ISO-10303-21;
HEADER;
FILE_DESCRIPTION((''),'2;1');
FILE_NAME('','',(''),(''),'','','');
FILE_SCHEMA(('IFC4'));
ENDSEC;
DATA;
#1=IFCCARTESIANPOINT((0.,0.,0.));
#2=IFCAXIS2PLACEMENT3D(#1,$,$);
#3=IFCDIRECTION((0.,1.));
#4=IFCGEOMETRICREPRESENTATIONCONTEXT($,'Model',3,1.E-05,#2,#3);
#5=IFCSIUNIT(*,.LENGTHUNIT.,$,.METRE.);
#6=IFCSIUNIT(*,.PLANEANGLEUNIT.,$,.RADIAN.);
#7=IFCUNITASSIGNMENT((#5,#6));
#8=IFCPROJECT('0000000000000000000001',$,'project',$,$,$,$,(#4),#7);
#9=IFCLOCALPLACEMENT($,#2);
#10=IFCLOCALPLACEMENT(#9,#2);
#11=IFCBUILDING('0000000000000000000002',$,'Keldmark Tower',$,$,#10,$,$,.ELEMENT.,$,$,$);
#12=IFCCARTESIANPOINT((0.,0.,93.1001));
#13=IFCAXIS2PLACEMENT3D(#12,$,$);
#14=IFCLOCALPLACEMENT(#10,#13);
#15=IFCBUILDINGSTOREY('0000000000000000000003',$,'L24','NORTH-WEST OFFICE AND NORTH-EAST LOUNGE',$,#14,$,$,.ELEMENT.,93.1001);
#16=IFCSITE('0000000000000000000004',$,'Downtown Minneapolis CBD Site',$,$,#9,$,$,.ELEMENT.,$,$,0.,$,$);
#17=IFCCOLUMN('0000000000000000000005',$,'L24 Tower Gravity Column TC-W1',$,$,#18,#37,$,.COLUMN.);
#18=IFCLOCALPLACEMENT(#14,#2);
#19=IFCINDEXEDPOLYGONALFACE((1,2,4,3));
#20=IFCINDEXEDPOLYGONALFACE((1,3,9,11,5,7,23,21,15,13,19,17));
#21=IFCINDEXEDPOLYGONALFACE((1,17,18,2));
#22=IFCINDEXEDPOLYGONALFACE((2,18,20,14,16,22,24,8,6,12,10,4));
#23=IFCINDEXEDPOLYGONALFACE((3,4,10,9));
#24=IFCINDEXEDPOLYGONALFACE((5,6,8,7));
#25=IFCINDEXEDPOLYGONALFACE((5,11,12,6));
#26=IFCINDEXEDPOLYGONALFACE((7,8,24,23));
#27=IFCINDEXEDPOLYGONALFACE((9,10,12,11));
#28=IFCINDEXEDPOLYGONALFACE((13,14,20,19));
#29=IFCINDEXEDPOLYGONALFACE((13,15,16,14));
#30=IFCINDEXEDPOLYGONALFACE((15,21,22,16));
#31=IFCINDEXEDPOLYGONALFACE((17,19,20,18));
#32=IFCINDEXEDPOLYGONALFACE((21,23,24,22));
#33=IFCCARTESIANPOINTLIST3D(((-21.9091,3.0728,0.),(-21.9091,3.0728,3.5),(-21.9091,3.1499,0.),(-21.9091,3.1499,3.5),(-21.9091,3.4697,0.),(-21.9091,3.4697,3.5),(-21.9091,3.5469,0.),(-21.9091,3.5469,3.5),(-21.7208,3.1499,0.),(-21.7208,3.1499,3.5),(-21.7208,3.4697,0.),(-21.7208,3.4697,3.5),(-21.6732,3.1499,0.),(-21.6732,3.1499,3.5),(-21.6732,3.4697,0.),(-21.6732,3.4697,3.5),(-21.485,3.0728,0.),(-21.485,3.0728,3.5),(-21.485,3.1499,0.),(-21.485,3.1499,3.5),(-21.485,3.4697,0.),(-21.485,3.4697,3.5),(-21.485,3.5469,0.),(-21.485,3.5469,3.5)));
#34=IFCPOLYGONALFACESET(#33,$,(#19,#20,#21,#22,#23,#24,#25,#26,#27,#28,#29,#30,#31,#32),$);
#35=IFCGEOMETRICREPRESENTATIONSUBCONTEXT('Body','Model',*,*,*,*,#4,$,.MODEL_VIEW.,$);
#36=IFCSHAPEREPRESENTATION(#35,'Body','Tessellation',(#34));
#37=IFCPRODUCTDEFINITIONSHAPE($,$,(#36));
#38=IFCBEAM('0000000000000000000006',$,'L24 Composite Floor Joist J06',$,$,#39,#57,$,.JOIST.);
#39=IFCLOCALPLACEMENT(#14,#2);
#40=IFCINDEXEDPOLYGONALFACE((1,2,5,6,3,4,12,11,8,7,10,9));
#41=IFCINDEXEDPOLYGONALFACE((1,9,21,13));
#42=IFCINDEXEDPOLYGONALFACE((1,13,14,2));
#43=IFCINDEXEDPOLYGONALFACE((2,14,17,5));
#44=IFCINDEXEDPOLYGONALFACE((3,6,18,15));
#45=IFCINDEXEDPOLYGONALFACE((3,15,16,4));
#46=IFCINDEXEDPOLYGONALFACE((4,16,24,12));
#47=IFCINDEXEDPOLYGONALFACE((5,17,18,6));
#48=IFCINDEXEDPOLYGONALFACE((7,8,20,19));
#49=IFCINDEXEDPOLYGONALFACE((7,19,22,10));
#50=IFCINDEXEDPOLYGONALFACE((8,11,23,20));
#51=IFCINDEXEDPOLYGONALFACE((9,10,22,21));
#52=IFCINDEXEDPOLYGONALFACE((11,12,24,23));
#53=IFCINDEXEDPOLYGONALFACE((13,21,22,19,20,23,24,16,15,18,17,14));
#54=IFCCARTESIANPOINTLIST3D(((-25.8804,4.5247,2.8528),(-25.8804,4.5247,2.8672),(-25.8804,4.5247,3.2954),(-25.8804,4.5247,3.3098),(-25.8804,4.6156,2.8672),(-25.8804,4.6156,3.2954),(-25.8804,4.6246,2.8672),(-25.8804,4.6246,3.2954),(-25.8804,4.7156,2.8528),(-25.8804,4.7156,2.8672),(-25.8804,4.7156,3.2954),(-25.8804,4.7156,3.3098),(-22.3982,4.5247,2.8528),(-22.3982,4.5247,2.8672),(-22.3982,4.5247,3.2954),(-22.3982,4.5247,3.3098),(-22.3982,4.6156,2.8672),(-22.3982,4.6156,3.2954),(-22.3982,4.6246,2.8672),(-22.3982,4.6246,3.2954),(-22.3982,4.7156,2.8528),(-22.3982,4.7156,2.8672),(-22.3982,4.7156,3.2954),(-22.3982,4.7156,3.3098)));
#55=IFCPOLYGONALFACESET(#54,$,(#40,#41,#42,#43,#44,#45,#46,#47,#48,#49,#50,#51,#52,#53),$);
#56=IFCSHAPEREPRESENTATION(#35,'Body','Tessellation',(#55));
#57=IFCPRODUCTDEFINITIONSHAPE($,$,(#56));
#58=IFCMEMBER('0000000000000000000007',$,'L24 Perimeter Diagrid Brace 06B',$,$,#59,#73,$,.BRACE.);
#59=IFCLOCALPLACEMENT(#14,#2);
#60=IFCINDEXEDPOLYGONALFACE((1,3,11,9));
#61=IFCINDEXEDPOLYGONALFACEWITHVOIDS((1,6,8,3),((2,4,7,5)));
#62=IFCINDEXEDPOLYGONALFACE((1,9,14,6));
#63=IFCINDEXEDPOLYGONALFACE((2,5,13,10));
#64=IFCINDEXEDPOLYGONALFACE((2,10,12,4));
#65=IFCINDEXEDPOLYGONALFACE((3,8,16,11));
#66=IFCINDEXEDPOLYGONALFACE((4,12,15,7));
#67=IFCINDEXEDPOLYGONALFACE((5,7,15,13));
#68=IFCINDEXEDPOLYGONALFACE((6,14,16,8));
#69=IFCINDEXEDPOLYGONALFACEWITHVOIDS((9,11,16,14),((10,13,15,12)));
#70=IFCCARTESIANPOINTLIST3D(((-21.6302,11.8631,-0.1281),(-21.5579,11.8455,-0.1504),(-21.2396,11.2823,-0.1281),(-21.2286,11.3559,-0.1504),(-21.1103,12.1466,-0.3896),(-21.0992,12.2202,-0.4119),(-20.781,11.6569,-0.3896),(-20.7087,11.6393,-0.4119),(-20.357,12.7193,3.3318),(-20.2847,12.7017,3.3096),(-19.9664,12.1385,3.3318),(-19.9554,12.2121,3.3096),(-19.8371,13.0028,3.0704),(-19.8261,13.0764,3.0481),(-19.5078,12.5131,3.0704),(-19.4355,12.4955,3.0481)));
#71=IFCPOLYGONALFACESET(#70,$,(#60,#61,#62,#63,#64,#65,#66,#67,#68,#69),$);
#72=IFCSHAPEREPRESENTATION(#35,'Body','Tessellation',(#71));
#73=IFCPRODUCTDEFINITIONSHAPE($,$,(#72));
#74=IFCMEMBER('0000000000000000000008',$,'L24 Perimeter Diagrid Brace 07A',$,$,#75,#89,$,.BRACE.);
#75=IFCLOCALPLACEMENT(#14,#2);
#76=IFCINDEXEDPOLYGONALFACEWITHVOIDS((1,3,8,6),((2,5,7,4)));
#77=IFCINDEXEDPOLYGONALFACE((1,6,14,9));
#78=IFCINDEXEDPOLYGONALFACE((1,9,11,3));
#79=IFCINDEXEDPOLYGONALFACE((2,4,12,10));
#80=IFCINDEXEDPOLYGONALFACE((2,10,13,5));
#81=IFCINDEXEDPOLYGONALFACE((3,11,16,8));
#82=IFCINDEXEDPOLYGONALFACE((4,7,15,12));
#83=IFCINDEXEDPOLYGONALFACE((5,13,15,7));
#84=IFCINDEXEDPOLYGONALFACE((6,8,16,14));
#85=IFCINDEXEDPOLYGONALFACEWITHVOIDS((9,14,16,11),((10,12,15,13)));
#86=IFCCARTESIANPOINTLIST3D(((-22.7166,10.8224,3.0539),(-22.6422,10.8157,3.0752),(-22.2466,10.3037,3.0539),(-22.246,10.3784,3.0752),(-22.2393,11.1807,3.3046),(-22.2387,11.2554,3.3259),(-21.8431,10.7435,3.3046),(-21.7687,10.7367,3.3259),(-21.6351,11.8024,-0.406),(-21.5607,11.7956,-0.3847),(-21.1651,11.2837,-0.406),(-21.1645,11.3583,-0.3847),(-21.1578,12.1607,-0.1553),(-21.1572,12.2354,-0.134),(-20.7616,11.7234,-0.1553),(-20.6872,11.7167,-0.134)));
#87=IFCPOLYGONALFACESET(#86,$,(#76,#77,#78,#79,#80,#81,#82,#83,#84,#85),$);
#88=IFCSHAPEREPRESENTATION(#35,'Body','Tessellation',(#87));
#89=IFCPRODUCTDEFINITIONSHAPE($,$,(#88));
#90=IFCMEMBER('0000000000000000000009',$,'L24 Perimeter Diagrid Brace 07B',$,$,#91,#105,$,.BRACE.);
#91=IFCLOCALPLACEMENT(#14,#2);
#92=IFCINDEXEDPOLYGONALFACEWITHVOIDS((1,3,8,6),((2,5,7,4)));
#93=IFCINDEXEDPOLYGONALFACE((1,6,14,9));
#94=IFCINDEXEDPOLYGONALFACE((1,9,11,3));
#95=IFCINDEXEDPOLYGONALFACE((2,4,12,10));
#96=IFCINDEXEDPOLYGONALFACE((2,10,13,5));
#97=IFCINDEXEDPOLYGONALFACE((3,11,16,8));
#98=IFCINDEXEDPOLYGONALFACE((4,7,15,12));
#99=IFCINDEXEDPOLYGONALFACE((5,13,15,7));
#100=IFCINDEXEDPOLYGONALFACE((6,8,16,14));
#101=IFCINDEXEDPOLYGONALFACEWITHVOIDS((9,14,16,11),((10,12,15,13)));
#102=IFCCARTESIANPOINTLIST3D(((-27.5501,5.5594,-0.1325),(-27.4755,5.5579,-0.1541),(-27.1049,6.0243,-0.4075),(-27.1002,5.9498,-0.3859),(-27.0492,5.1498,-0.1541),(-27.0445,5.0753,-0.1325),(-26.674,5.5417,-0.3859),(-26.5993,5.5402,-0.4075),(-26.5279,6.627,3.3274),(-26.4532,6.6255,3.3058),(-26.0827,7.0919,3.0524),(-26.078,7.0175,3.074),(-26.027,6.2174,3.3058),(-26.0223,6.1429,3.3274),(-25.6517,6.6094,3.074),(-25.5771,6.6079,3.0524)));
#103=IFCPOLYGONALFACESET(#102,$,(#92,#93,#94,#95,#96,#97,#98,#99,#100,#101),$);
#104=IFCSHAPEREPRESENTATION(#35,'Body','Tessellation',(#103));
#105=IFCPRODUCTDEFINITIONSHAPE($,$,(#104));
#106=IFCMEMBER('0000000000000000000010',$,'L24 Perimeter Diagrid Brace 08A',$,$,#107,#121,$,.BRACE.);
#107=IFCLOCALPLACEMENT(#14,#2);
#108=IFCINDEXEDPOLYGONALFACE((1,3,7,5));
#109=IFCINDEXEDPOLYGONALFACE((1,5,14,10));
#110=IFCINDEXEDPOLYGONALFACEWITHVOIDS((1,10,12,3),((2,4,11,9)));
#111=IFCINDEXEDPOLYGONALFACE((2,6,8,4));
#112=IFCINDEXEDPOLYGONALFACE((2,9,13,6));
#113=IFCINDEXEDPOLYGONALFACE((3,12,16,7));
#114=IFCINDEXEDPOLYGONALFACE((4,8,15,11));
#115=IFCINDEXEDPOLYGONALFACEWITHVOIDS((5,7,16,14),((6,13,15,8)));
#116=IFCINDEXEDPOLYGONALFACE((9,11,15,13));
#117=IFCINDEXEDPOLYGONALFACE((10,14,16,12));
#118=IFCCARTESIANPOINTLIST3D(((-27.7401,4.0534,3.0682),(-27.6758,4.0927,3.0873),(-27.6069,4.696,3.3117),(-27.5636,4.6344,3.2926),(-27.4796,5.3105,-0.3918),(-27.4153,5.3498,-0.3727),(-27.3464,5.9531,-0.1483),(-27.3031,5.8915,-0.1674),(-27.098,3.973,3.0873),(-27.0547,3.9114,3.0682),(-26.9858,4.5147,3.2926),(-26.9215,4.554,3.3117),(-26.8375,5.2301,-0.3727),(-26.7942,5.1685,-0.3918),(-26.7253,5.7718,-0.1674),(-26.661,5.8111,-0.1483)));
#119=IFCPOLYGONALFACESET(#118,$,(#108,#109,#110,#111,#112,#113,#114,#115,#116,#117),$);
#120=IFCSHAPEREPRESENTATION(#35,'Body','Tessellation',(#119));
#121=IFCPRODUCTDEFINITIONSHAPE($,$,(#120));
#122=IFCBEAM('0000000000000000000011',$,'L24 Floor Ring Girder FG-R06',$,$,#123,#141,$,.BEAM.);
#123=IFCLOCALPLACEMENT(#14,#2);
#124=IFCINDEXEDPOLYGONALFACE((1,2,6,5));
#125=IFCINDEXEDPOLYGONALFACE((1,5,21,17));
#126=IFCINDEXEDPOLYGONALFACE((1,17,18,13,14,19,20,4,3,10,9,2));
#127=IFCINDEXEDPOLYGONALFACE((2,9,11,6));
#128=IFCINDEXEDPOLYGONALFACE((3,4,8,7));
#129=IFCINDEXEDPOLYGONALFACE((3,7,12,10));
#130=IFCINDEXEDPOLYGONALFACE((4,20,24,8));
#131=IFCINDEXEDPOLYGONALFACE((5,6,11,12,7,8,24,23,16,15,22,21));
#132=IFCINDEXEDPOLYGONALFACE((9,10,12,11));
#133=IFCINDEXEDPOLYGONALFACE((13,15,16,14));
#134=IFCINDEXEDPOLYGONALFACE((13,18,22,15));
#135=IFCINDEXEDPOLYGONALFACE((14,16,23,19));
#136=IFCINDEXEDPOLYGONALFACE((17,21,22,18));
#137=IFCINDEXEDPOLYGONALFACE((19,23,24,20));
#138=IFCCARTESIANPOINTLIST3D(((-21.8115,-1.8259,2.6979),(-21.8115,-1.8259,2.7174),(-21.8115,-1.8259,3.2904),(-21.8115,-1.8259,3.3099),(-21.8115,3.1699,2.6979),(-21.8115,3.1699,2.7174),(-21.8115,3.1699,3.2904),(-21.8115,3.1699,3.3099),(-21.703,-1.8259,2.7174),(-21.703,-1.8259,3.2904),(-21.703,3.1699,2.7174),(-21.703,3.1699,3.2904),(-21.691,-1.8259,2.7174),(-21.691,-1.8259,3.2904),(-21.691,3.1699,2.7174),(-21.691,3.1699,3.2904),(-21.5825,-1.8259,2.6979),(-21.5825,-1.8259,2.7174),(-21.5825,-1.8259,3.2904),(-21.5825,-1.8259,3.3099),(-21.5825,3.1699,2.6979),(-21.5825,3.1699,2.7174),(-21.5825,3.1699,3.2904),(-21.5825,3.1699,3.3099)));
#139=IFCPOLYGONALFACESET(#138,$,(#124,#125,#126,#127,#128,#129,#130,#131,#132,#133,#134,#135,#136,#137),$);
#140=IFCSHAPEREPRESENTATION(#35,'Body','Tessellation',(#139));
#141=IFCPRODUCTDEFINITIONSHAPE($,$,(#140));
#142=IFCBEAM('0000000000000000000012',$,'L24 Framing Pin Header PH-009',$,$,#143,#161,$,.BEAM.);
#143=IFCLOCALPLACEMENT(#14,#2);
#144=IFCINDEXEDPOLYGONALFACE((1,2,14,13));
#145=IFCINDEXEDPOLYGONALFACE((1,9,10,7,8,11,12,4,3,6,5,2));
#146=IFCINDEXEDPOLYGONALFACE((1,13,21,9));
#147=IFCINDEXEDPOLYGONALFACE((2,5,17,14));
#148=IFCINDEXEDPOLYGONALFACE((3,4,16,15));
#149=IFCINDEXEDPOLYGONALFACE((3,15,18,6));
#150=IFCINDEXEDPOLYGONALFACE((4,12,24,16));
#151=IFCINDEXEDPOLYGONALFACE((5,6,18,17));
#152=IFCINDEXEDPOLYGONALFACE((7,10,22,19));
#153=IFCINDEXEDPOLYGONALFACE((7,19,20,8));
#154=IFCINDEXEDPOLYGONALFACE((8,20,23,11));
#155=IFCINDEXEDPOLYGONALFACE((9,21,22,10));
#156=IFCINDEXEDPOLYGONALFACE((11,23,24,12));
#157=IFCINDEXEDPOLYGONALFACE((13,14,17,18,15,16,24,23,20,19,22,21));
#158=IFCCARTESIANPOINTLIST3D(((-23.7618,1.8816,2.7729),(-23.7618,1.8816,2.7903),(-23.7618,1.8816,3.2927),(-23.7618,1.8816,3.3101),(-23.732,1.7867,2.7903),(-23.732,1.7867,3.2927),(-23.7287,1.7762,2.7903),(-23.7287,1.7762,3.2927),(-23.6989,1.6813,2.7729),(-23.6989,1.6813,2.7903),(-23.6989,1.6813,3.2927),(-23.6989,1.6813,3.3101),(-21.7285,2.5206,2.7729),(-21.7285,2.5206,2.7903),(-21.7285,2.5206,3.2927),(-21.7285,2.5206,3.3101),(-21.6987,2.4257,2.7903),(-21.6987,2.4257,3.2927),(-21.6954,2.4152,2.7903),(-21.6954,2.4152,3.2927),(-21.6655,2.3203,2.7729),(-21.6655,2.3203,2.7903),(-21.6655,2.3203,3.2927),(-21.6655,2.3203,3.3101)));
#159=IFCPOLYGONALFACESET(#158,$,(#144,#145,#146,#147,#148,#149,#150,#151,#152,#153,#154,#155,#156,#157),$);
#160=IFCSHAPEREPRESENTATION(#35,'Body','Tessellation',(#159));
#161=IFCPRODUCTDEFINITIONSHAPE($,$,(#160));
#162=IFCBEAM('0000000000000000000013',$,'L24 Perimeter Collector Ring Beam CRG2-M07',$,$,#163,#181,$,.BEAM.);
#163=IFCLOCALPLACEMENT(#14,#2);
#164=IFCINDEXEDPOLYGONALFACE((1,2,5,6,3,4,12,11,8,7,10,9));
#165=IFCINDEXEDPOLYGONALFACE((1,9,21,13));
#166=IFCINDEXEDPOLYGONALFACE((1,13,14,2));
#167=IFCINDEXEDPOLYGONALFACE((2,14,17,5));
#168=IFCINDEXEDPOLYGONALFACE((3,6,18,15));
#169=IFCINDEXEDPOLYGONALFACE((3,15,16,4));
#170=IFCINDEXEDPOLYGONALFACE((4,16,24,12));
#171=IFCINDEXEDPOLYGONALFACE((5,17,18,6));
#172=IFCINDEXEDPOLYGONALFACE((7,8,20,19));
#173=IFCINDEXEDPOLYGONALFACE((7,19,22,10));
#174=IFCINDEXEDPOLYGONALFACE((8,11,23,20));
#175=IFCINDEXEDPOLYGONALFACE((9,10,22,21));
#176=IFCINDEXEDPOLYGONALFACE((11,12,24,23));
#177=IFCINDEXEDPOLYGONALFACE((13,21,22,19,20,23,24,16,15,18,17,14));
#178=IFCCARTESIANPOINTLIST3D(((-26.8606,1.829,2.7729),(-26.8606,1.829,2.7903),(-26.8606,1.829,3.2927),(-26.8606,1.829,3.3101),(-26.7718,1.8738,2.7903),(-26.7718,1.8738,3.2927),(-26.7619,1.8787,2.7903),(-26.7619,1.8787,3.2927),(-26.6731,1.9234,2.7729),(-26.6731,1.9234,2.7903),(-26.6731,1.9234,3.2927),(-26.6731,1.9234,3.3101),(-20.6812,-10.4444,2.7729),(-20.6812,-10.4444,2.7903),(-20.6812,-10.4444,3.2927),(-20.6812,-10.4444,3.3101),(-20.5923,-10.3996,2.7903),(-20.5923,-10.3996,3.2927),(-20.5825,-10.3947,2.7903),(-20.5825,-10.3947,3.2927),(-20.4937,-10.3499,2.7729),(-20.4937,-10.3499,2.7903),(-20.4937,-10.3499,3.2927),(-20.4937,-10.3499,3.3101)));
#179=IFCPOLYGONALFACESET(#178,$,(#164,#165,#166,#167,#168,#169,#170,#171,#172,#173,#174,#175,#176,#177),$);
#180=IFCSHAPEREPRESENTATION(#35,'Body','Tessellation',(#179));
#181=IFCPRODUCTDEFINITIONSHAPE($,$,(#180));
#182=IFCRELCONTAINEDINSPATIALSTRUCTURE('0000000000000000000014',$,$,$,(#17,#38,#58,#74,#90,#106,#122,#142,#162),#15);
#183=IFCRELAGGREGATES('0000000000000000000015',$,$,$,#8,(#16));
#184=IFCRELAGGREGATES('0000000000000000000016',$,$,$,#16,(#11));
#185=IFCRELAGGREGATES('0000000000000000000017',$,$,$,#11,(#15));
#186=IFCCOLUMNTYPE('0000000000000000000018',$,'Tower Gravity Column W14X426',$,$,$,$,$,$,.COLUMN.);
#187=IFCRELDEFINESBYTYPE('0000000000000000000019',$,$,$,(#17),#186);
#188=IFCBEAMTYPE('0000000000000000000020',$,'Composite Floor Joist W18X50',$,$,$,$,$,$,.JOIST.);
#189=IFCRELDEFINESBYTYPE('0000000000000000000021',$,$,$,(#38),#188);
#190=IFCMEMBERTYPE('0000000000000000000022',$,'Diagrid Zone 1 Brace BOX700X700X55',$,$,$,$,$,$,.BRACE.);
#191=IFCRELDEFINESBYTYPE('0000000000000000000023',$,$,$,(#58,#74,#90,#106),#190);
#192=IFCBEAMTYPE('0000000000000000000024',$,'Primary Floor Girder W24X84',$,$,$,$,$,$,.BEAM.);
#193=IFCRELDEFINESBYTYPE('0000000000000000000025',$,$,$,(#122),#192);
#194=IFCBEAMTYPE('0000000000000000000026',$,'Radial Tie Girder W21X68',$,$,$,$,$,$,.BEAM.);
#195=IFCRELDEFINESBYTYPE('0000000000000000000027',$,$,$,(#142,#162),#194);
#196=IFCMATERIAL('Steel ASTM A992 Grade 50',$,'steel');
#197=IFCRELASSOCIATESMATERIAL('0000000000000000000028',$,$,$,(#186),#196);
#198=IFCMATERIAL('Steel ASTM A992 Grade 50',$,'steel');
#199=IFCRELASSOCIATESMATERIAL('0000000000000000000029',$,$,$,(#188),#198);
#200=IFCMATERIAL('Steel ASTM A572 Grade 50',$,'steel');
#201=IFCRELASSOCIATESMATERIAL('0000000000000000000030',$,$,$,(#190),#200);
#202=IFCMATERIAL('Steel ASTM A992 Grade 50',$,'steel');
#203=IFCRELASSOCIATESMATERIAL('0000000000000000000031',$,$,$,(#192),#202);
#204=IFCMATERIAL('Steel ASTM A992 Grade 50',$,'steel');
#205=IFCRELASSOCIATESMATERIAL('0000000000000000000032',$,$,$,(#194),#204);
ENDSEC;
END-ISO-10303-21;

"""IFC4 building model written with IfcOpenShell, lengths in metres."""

from ifc_helpers import new_model, si_unit, direction, frame, origin, origin_2d, place, context, subcontext, project, spatial, hollow_rectangle, i_section, extrude, material, material_profile, profile_set, type_object, element, save


model = new_model("IFC4")

# Units and contexts
model_context = context("Model", 3, precision=1e-05, world=origin(), true_north=direction((0.0, 1.0)))
body_context = subcontext(model_context, "Body", "Model", "MODEL_VIEW")
ifc_project = project(units=[si_unit("LENGTHUNIT", "METRE"), si_unit("PLANEANGLEUNIT", "RADIAN")], contexts=[model_context])

# Site, building, storey
site_placement = place(None, origin())
site = spatial("IfcSite", under=ifc_project, at=site_placement, Name="Downtown Minneapolis CBD Site", CompositionType="ELEMENT", RefElevation=0.0)
building_placement = place(site_placement, origin())
building = spatial("IfcBuilding", under=site, at=building_placement, Name="Keldmark Tower", CompositionType="ELEMENT")
storey_placement = place(building_placement, frame((0.0, 0.0, 93.1001)))
storey = spatial("IfcBuildingStorey", under=building, at=storey_placement, Name="L24", Description="NORTH-WEST OFFICE AND NORTH-EAST LOUNGE", CompositionType="ELEMENT", Elevation=93.1001)

# Column
ifc_material_1 = material(Name="Steel ASTM A992 Grade 50", Category="steel")
ifc_material_profile_1 = material_profile(ifc_material_1, i_section(OverallWidth=0.4241, OverallDepth=0.4741, WebThickness=0.0476, FlangeThickness=0.0771, at=origin_2d()), Name="W14X426")
ifc_profile_set_1 = profile_set([ifc_material_profile_1], Name="Steel ASTM A992 Grade 50")
column_type = type_object("IfcColumnType", Name="Tower Gravity Column W14X426", PredefinedType="COLUMN", material=ifc_profile_set_1)
column_placement = place(storey_placement, frame((-21.697, 3.3098, 0.0), z_axis=(0.0, 0.0, 1.0), x_axis=(1.0, 0.0, 0.0)))
element("IfcColumn", 1, at=column_placement, inside=storey, type_object=column_type, Name="L24 Tower Gravity Column TC-W1", PredefinedType="COLUMN", context=body_context, shape_type="SweptSolid", body=[
    extrude(i_section(OverallWidth=0.4241, OverallDepth=0.4741, WebThickness=0.0476, FlangeThickness=0.0771, at=origin_2d()), origin(), (0.0, 0.0, 1.0), 3.5),
])

# Beam
ifc_material_2 = material(Name="Steel ASTM A992 Grade 50", Category="steel")
ifc_material_profile_2 = material_profile(ifc_material_2, i_section(OverallWidth=0.1909, OverallDepth=0.457, WebThickness=0.009, FlangeThickness=0.0144, at=origin_2d()), Name="W18X50")
ifc_profile_set_2 = profile_set([ifc_material_profile_2], Name="Steel ASTM A992 Grade 50")
beam_type_1 = type_object("IfcBeamType", Name="Composite Floor Joist W18X50", PredefinedType="JOIST", material=ifc_profile_set_2)
beam_1_placement = place(storey_placement, frame((-25.8804, 4.6201, 3.0813), z_axis=(1.0, 0.0, 0.0), x_axis=(0.0, 1.0, 0.0)))
element("IfcBeam", 2, at=beam_1_placement, inside=storey, type_object=beam_type_1, Name="L24 Composite Floor Joist J06", PredefinedType="JOIST", context=body_context, shape_type="SweptSolid", body=[
    extrude(i_section(OverallWidth=0.1909, OverallDepth=0.457, WebThickness=0.009, FlangeThickness=0.0144, at=origin_2d()), origin(), (0.0, 0.0, 1.0), 3.4822),
])

# Members
ifc_material_3 = material(Name="Steel ASTM A572 Grade 50", Category="steel")
ifc_material_profile_3 = material_profile(ifc_material_3, hollow_rectangle(XDim=0.7, YDim=0.7, WallThickness=0.0549, at=origin_2d()), Name="BOX700X700X55")
ifc_profile_set_3 = profile_set([ifc_material_profile_3], Name="Steel ASTM A572 Grade 50")
member_type = type_object("IfcMemberType", Name="Diagrid Zone 1 Brace BOX700X700X55", PredefinedType="BRACE", material=ifc_profile_set_3)
member_1_placement = place(storey_placement, frame((-21.1694, 11.7512, -0.27), z_axis=(0.336388, 0.226215, 0.91415), x_axis=(-0.558037, 0.829816, 0.0)))
element("IfcMember", 3, at=member_1_placement, inside=storey, type_object=member_type, Name="L24 Perimeter Diagrid Brace 06B", PredefinedType="BRACE", context=body_context, shape_type="SweptSolid", body=[
    extrude(hollow_rectangle(XDim=0.7, YDim=0.7, WallThickness=0.0549, at=origin_2d()), origin(), (0.0, 0.0, 1.0), 3.7849),
])
member_2_placement = place(storey_placement, frame((-21.1611, 11.7595, -0.27), z_axis=(-0.288013, -0.260967, 0.921382), x_axis=(0.671456, -0.741044, 0.0)))
element("IfcMember", 4, at=member_2_placement, inside=storey, type_object=member_type, Name="L24 Perimeter Diagrid Brace 07A", PredefinedType="BRACE", context=body_context, shape_type="SweptSolid", body=[
    extrude(hollow_rectangle(XDim=0.7, YDim=0.7, WallThickness=0.0549, at=origin_2d()), origin(), (0.0, 0.0, 1.0), 3.7551),
])
member_3_placement = place(storey_placement, frame((-27.0747, 5.5498, -0.27), z_axis=(0.271689, 0.283758, 0.919601), x_axis=(-0.722301, 0.691579, 0.0)))
element("IfcMember", 5, at=member_3_placement, inside=storey, type_object=member_type, Name="L24 Perimeter Diagrid Brace 07B", PredefinedType="BRACE", context=body_context, shape_type="SweptSolid", body=[
    extrude(hollow_rectangle(XDim=0.7, YDim=0.7, WallThickness=0.0549, at=origin_2d()), origin(), (0.0, 0.0, 1.0), 3.7625),
])
member_4_placement = place(storey_placement, frame((-27.0703, 5.5608, -0.27), z_axis=(-0.070587, -0.34063, 0.937544), x_axis=(0.979197, -0.202914, 0.0)))
element("IfcMember", 6, at=member_4_placement, inside=storey, type_object=member_type, Name="L24 Perimeter Diagrid Brace 08A", PredefinedType="BRACE", context=body_context, shape_type="SweptSolid", body=[
    extrude(hollow_rectangle(XDim=0.7, YDim=0.7, WallThickness=0.0549, at=origin_2d()), origin(), (0.0, 0.0, 1.0), 3.6904),
])

# Beams
ifc_material_4 = material(Name="Steel ASTM A992 Grade 50", Category="steel")
ifc_material_profile_4 = material_profile(ifc_material_4, i_section(OverallWidth=0.229, OverallDepth=0.6121, WebThickness=0.012, FlangeThickness=0.0195, at=origin_2d()), Name="W24X84")
ifc_profile_set_4 = profile_set([ifc_material_profile_4], Name="Steel ASTM A992 Grade 50")
beam_type_2 = type_object("IfcBeamType", Name="Primary Floor Girder W24X84", PredefinedType="BEAM", material=ifc_profile_set_4)
beam_2_placement = place(storey_placement, frame((-21.697, 3.1699, 3.0039), z_axis=(0.0, -1.0, 0.0), x_axis=(1.0, 0.0, 0.0)))
element("IfcBeam", 7, at=beam_2_placement, inside=storey, type_object=beam_type_2, Name="L24 Floor Ring Girder FG-R06", PredefinedType="BEAM", context=body_context, shape_type="SweptSolid", body=[
    extrude(i_section(OverallWidth=0.229, OverallDepth=0.6121, WebThickness=0.012, FlangeThickness=0.0195, at=origin_2d()), origin(), (0.0, 0.0, 1.0), 4.9958),
])
ifc_material_5 = material(Name="Steel ASTM A992 Grade 50", Category="steel")
ifc_material_profile_5 = material_profile(ifc_material_5, i_section(OverallWidth=0.21, OverallDepth=0.5371, WebThickness=0.011, FlangeThickness=0.0173, at=origin_2d()), Name="W21X68")
ifc_profile_set_5 = profile_set([ifc_material_profile_5], Name="Steel ASTM A992 Grade 50")
beam_type_3 = type_object("IfcBeamType", Name="Radial Tie Girder W21X68", PredefinedType="BEAM", material=ifc_profile_set_5)
beam_3_placement = place(storey_placement, frame((-21.697, 2.4204, 3.0415), z_axis=(-0.954006, -0.299788, 0.0), x_axis=(0.299788, -0.954006, 0.0)))
element("IfcBeam", 8, at=beam_3_placement, inside=storey, type_object=beam_type_3, Name="L24 Framing Pin Header PH-009", PredefinedType="BEAM", context=body_context, shape_type="SweptSolid", body=[
    extrude(i_section(OverallWidth=0.21, OverallDepth=0.5371, WebThickness=0.011, FlangeThickness=0.0173, at=origin_2d()), origin(), (0.0, 0.0, 1.0), 2.1313),
])
beam_4_placement = place(storey_placement, frame((-26.7668, 1.8762, 3.0415), z_axis=(0.449699, -0.89318, 0.0), x_axis=(0.89318, 0.449699, 0.0)))
element("IfcBeam", 9, at=beam_4_placement, inside=storey, type_object=beam_type_3, Name="L24 Perimeter Collector Ring Beam CRG2-M07", PredefinedType="BEAM", context=body_context, shape_type="SweptSolid", body=[
    extrude(i_section(OverallWidth=0.21, OverallDepth=0.5371, WebThickness=0.011, FlangeThickness=0.0173, at=origin_2d()), origin(), (0.0, 0.0, 1.0), 13.7412),
])

save(model, "model.ifc")
